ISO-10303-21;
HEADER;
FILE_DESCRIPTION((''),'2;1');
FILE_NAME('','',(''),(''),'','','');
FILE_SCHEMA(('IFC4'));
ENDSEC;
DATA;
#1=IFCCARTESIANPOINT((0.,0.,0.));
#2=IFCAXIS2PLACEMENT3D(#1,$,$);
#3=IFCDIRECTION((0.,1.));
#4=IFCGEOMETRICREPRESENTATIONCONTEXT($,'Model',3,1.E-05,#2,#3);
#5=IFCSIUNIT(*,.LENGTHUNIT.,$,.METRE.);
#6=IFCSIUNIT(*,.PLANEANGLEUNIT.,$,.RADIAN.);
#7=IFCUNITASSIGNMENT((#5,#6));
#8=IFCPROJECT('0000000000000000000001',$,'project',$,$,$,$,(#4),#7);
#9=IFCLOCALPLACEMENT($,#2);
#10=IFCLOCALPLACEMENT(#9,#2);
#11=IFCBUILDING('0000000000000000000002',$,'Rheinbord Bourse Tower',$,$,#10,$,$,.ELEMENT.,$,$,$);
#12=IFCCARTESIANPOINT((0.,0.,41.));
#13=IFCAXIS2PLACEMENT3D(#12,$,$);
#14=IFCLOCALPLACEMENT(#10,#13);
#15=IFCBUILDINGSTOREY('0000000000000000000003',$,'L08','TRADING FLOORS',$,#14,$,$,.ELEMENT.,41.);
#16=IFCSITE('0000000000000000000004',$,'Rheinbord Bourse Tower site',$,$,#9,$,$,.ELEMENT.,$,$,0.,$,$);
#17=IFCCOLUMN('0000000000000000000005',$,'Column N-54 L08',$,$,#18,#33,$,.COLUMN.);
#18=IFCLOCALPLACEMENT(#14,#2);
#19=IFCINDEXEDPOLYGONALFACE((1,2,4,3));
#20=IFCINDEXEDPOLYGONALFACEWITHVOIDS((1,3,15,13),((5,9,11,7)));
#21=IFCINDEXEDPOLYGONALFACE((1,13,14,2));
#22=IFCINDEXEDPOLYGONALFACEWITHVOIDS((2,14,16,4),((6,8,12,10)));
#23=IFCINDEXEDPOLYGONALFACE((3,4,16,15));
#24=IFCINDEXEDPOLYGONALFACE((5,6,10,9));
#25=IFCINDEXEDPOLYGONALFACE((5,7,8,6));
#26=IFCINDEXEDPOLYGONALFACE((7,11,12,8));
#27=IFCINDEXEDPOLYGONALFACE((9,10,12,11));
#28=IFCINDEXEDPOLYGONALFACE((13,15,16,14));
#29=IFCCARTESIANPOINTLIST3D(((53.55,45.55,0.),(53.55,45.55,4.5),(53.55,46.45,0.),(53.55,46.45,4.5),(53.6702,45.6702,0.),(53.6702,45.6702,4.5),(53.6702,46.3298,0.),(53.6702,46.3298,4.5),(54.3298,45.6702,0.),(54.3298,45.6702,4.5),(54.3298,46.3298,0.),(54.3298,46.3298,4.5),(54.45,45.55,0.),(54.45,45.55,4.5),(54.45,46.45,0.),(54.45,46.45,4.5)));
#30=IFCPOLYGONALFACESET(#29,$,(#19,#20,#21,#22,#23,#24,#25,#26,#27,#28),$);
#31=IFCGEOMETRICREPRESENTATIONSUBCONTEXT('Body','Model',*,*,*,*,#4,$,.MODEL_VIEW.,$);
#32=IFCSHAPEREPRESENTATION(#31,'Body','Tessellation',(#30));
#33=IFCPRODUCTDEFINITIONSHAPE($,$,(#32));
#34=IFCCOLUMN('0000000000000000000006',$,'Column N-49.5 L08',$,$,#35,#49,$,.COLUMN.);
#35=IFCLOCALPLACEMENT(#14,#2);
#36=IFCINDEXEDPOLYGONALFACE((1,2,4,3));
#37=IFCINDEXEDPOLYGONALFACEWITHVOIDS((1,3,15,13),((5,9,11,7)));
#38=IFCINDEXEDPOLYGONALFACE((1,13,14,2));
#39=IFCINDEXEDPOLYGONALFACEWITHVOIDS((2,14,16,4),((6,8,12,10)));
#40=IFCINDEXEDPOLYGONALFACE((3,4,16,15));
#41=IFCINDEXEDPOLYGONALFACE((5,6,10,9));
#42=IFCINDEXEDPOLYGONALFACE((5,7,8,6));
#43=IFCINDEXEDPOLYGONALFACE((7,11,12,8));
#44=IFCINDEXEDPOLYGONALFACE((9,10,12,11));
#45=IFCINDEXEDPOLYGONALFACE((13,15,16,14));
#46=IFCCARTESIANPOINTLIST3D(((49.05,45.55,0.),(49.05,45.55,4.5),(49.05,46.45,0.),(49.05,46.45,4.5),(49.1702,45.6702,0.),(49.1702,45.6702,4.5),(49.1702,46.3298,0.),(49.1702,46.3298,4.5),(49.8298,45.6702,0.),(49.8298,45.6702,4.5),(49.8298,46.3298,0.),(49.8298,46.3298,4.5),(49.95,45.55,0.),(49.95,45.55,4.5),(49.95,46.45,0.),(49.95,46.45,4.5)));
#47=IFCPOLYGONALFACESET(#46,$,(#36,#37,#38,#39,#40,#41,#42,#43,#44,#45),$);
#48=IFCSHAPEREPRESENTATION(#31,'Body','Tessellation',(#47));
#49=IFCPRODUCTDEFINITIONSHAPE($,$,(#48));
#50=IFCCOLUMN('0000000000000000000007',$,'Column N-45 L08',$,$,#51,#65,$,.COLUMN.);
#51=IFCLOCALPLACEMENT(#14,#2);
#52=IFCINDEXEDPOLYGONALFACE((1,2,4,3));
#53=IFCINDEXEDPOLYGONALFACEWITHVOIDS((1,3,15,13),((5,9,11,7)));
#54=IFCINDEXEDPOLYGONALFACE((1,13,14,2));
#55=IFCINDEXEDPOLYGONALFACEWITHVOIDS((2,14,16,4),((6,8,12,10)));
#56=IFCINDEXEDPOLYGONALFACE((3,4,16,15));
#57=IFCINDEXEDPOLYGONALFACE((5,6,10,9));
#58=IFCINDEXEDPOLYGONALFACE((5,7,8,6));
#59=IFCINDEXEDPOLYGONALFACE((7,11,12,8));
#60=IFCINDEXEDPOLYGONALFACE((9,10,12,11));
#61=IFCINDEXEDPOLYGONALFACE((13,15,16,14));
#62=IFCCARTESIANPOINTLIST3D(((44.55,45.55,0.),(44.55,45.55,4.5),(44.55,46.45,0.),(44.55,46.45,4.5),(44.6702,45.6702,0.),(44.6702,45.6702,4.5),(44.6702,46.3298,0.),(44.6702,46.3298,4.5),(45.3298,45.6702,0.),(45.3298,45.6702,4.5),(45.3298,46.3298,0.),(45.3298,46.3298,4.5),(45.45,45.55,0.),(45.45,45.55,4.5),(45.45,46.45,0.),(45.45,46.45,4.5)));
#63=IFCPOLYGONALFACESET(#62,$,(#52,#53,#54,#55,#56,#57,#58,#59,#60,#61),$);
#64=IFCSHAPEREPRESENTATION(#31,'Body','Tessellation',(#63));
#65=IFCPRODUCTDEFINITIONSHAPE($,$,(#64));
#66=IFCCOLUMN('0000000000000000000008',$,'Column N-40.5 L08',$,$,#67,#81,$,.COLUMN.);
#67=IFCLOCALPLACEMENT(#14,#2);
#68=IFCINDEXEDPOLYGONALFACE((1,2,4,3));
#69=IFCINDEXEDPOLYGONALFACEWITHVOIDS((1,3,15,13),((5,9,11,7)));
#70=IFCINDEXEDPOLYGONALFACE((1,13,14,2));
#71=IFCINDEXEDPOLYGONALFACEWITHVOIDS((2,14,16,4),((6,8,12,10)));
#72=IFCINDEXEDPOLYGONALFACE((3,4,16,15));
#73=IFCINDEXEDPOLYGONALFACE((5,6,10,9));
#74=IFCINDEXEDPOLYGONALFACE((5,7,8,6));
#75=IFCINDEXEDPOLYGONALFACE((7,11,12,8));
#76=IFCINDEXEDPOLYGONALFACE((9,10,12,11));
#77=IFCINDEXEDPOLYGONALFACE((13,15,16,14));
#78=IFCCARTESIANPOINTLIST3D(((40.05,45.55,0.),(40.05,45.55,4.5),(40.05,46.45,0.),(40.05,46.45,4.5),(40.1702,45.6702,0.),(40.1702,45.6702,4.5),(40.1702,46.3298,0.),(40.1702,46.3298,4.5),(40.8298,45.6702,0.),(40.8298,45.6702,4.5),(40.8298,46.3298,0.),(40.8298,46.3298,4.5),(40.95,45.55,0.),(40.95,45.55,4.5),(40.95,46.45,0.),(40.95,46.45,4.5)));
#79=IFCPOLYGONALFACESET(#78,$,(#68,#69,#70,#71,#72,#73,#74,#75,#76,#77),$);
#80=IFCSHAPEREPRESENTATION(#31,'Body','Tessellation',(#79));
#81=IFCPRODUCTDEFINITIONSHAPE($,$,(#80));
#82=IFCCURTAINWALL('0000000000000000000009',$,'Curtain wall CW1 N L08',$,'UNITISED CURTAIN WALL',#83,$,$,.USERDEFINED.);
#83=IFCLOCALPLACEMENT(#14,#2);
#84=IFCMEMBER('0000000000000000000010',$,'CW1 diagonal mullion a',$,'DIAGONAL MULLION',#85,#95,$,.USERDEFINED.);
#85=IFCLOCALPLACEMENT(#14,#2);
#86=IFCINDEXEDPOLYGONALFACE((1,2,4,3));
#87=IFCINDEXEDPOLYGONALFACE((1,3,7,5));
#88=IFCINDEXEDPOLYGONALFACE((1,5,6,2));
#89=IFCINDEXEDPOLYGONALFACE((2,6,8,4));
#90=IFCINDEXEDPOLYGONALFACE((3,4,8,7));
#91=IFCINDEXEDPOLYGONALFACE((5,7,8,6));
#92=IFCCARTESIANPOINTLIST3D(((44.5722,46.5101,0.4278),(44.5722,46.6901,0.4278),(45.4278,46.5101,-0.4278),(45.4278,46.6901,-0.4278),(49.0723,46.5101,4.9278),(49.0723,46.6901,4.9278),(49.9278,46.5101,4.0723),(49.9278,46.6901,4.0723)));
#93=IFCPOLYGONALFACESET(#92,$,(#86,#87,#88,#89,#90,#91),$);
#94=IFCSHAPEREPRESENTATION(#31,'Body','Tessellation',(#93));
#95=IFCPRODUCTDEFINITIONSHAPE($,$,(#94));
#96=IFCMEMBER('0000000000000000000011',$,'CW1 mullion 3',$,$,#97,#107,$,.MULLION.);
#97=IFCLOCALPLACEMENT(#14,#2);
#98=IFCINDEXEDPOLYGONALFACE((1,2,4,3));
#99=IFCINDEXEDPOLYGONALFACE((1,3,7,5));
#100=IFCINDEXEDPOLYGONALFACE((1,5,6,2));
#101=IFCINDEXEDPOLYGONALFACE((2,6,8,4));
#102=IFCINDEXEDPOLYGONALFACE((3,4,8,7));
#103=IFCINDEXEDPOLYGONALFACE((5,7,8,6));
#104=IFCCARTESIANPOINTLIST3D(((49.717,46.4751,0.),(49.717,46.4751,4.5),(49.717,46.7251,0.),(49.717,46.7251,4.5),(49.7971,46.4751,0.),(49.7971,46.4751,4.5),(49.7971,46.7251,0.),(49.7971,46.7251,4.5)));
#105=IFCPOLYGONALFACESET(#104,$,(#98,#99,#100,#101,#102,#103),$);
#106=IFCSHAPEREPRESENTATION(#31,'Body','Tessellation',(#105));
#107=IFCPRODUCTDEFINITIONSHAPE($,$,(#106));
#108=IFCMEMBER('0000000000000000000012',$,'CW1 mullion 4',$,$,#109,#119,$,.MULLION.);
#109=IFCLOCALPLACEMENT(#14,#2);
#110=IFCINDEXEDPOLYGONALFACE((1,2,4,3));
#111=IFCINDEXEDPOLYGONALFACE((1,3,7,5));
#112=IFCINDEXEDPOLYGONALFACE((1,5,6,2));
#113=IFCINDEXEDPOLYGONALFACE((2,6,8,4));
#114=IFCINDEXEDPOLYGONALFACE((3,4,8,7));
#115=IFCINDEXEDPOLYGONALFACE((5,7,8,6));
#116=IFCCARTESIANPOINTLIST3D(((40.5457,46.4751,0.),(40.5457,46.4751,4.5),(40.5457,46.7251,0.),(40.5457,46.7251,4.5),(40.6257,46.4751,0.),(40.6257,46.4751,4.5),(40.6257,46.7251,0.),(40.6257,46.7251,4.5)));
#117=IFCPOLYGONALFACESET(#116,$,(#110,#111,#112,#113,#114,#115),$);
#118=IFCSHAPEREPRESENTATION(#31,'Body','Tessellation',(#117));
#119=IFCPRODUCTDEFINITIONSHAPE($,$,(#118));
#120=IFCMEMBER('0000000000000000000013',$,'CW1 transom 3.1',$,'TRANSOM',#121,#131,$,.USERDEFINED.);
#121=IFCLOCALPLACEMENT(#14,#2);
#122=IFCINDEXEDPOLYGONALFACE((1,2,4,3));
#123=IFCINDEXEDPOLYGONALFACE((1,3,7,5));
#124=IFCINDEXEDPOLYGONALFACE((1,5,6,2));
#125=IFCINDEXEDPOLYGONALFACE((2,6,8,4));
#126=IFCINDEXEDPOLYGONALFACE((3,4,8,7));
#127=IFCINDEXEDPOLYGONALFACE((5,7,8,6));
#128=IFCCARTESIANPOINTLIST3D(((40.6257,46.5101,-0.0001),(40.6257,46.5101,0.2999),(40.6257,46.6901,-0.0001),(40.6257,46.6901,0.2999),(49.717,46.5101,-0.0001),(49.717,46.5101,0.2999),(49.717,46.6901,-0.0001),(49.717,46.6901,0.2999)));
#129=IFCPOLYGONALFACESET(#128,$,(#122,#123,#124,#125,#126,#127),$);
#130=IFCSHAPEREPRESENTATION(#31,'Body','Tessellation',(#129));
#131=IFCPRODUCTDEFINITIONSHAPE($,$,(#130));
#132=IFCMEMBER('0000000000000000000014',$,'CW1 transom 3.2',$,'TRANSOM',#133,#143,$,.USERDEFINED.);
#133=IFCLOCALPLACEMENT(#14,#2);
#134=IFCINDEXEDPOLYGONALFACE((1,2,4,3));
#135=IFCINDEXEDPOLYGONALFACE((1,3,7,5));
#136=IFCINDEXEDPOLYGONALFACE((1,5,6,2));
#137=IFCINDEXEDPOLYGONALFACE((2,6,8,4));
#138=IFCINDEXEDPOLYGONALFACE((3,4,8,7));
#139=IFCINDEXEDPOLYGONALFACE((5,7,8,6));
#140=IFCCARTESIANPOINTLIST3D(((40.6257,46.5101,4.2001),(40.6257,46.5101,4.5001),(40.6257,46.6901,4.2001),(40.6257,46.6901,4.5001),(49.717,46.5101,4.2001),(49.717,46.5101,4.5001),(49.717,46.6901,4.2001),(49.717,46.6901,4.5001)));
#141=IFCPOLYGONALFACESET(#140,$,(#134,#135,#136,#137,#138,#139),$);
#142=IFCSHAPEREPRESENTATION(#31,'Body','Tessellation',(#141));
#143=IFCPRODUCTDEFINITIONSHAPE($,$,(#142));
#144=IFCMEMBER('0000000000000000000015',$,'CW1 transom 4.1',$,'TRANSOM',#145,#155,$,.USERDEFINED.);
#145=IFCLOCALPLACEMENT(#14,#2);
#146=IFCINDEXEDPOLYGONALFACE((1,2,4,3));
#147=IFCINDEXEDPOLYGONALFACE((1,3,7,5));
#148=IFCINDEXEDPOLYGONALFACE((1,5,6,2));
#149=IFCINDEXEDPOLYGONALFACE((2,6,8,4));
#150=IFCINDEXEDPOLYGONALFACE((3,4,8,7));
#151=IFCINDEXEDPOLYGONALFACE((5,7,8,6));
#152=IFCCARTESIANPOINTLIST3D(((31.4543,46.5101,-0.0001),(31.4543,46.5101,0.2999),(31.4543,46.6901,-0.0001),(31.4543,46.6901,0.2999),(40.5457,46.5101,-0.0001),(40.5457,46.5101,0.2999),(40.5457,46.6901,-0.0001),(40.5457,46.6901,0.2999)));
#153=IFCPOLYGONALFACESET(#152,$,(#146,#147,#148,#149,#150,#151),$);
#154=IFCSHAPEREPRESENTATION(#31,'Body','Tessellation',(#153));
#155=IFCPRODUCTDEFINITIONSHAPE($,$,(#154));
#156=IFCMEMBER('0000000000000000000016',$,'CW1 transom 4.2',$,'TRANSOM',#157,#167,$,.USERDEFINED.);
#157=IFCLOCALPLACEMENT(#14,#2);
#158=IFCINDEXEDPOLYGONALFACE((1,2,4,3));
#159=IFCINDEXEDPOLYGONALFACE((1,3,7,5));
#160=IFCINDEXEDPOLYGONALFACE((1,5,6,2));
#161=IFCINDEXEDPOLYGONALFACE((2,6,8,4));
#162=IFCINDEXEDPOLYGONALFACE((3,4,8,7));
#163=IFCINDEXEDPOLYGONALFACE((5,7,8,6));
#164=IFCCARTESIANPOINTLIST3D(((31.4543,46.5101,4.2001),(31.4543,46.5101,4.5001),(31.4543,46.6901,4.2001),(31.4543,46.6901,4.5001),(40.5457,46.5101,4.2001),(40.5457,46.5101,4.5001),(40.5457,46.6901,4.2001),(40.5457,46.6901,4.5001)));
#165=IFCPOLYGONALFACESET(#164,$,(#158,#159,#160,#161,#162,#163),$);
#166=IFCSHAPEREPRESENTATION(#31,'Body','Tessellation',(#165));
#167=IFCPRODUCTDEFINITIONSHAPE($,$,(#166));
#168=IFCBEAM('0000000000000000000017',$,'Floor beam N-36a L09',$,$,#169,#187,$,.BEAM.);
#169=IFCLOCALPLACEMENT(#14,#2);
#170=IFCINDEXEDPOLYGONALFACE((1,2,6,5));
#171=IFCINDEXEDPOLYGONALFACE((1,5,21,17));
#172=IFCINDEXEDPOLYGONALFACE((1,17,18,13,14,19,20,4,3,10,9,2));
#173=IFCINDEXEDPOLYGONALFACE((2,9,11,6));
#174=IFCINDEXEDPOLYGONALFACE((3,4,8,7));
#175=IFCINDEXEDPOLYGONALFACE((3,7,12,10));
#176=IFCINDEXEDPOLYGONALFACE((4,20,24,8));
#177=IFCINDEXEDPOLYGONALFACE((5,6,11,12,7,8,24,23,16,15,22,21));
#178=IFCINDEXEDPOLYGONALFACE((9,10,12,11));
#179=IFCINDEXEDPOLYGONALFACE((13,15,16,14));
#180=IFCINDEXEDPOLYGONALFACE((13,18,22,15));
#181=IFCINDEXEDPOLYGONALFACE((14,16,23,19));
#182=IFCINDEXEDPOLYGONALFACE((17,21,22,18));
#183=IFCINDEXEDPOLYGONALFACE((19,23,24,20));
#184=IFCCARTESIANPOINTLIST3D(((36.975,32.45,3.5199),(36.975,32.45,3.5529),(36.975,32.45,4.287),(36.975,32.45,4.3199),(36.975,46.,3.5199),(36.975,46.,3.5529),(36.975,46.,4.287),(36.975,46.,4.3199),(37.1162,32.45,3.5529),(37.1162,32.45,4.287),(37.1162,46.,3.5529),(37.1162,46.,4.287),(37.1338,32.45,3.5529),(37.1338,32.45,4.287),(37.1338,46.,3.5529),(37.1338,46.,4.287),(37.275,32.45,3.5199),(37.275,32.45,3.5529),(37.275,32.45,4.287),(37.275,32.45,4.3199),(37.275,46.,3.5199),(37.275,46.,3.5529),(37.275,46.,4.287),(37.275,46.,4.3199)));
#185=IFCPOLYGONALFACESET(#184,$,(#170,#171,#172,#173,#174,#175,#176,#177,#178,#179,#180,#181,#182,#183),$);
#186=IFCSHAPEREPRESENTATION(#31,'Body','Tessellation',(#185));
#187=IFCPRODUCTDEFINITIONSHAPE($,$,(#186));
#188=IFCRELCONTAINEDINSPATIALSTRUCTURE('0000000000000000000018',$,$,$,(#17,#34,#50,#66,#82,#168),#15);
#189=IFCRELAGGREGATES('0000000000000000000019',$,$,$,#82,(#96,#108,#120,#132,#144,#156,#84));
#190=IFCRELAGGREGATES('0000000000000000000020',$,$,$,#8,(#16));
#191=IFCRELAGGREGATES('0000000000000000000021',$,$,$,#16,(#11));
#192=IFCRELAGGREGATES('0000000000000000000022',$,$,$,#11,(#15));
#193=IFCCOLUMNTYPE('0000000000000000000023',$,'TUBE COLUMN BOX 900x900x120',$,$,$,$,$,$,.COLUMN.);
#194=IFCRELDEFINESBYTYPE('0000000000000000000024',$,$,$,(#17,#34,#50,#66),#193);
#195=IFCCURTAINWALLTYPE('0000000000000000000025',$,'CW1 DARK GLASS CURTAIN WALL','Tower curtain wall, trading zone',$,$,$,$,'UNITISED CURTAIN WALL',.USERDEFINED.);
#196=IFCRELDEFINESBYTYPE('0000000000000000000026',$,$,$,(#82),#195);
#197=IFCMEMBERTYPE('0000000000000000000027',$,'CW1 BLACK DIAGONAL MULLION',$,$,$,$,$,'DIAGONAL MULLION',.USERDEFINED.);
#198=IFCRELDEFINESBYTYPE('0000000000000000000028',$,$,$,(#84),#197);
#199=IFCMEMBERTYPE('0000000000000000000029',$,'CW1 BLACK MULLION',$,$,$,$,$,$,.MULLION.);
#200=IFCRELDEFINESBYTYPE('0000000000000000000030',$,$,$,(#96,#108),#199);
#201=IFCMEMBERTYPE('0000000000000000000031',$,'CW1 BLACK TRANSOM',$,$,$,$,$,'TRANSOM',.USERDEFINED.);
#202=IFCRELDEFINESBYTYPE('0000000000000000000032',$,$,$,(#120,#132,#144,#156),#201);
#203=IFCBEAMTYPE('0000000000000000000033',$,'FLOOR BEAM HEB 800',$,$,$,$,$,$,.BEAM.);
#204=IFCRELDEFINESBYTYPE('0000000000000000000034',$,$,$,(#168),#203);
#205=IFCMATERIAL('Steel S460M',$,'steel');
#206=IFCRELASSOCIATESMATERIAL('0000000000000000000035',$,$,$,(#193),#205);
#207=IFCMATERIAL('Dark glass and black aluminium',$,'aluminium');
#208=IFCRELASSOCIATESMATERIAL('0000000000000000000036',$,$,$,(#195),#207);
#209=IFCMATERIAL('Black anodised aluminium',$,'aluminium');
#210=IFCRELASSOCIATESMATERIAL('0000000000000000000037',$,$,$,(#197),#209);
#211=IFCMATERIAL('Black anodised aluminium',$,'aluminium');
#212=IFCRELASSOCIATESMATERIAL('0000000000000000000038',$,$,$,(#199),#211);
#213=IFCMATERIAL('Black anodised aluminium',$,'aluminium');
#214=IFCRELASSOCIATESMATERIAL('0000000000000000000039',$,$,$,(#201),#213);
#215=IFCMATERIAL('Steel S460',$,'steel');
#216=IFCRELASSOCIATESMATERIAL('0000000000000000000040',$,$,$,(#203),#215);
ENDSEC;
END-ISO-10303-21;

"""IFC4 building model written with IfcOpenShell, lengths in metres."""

from ifc_helpers import new_model, si_unit, direction, frame, origin, origin_2d, place, context, subcontext, project, spatial, rectangle, hollow_rectangle, i_section, extrude, material, material_profile, profile_set, type_object, element, aggregate, save


model = new_model("IFC4")

# Units and contexts
model_context = context("Model", 3, precision=1e-05, world=origin(), true_north=direction((0.0, 1.0)))
body_context = subcontext(model_context, "Body", "Model", "MODEL_VIEW")
ifc_project = project(units=[si_unit("LENGTHUNIT", "METRE"), si_unit("PLANEANGLEUNIT", "RADIAN")], contexts=[model_context])

# Site, building, storey
site_placement = place(None, origin())
site = spatial("IfcSite", under=ifc_project, at=site_placement, Name="Rheinbord Bourse Tower site", CompositionType="ELEMENT", RefElevation=0.0)
building_placement = place(site_placement, origin())
building = spatial("IfcBuilding", under=site, at=building_placement, Name="Rheinbord Bourse Tower", CompositionType="ELEMENT")
storey_placement = place(building_placement, frame((0.0, 0.0, 41.0)))
storey = spatial("IfcBuildingStorey", under=building, at=storey_placement, Name="L08", Description="TRADING FLOORS", CompositionType="ELEMENT", Elevation=41.0)

# Columns
ifc_material_1 = material(Name="Steel S460M", Category="steel")
ifc_material_profile_1 = material_profile(ifc_material_1, hollow_rectangle(XDim=0.8999, YDim=0.8999, WallThickness=0.1201, at=origin_2d()), Name="BOX 900x900x120")
ifc_profile_set_1 = profile_set([ifc_material_profile_1], Name="Steel S460M")
column_type = type_object("IfcColumnType", Name="TUBE COLUMN BOX 900x900x120", PredefinedType="COLUMN", material=ifc_profile_set_1)
for number, where, z_axis, x_axis, name in (
    (1, (54.0, 46.0, 0.0), (0.0, 0.0, 1.0), (0.0, 1.0, 0.0), "Column N-54 L08"),
    (2, (49.5, 46.0, 0.0), (0.0, 0.0, 1.0), (0.0, 1.0, 0.0), "Column N-49.5 L08"),
    (3, (45.0, 46.0, 0.0), (0.0, 0.0, 1.0), (0.0, 1.0, 0.0), "Column N-45 L08"),
    (4, (40.5, 46.0, 0.0), (0.0, 0.0, 1.0), (0.0, 1.0, 0.0), "Column N-40.5 L08"),
):
    element("IfcColumn", number, at=place(storey_placement, frame(where, z_axis=z_axis, x_axis=x_axis)), inside=storey, type_object=column_type, Name=name, PredefinedType="COLUMN", context=body_context, shape_type="SweptSolid", body=[
        extrude(hollow_rectangle(XDim=0.8999, YDim=0.8999, WallThickness=0.1201, at=origin_2d()), origin(), (0.0, 0.0, 1.0), 4.5),
    ])

# Curtain wall, members
ifc_material_2 = material(Name="Dark glass and black aluminium", Category="aluminium")
curtain_wall_type = type_object("IfcCurtainWallType", Name="CW1 DARK GLASS CURTAIN WALL", Description="Tower curtain wall, trading zone", ElementType="UNITISED CURTAIN WALL", PredefinedType="USERDEFINED", material=ifc_material_2)
curtain_wall_placement = place(storey_placement, origin())
curtain_wall = element("IfcCurtainWall", 5, at=curtain_wall_placement, inside=storey, type_object=curtain_wall_type, Name="Curtain wall CW1 N L08", ObjectType="UNITISED CURTAIN WALL", PredefinedType="USERDEFINED")
ifc_material_3 = material(Name="Black anodised aluminium", Category="aluminium")
ifc_material_profile_2 = material_profile(ifc_material_3, rectangle(XDim=0.1799, YDim=1.21, at=origin_2d()), Name="CW1 DIAGONAL MULLION 1210x180")
ifc_profile_set_2 = profile_set([ifc_material_profile_2], Name="Black anodised aluminium")
member_type_1 = type_object("IfcMemberType", Name="CW1 BLACK DIAGONAL MULLION", ElementType="DIAGONAL MULLION", PredefinedType="USERDEFINED", material=ifc_profile_set_2)
member_1_placement = place(storey_placement, frame((45.0, 46.6001, 0.0), z_axis=(0.707107, 0.0, 0.707107), x_axis=(0.0, 1.0, 0.0)))
member_1 = element("IfcMember", 6, at=member_1_placement, type_object=member_type_1, Name="CW1 diagonal mullion a", ObjectType="DIAGONAL MULLION", PredefinedType="USERDEFINED", context=body_context, shape_type="SweptSolid", body=[
    extrude(rectangle(XDim=0.1799, YDim=1.21, at=origin_2d()), origin(), (0.0, 0.0, 1.0), 6.364),
])
ifc_material_4 = material(Name="Black anodised aluminium", Category="aluminium")
ifc_material_profile_3 = material_profile(ifc_material_4, rectangle(XDim=0.25, YDim=0.0801, at=origin_2d()), Name="CW1 MULLION 80x250")
ifc_profile_set_3 = profile_set([ifc_material_profile_3], Name="Black anodised aluminium")
member_type_2 = type_object("IfcMemberType", Name="CW1 BLACK MULLION", PredefinedType="MULLION", material=ifc_profile_set_3)
member_2_placement = place(storey_placement, frame((49.7571, 46.6001, 0.0), z_axis=(0.0, 0.0, 1.0), x_axis=(0.0, -1.0, 0.0)))
member_2 = element("IfcMember", 7, at=member_2_placement, type_object=member_type_2, Name="CW1 mullion 3", PredefinedType="MULLION", context=body_context, shape_type="SweptSolid", body=[
    extrude(rectangle(XDim=0.25, YDim=0.0801, at=origin_2d()), origin(), (0.0, 0.0, 1.0), 4.5),
])
member_3_placement = place(storey_placement, frame((40.5857, 46.6001, 0.0), z_axis=(0.0, 0.0, 1.0), x_axis=(0.0, -1.0, 0.0)))
member_3 = element("IfcMember", 8, at=member_3_placement, type_object=member_type_2, Name="CW1 mullion 4", PredefinedType="MULLION", context=body_context, shape_type="SweptSolid", body=[
    extrude(rectangle(XDim=0.25, YDim=0.0801, at=origin_2d()), origin(), (0.0, 0.0, 1.0), 4.5),
])
ifc_material_5 = material(Name="Black anodised aluminium", Category="aluminium")
ifc_material_profile_4 = material_profile(ifc_material_5, rectangle(XDim=0.1799, YDim=0.3, at=origin_2d()), Name="CW1 TRANSOM 300x180")
ifc_profile_set_4 = profile_set([ifc_material_profile_4], Name="Black anodised aluminium")
member_type_3 = type_object("IfcMemberType", Name="CW1 BLACK TRANSOM", ElementType="TRANSOM", PredefinedType="USERDEFINED", material=ifc_profile_set_4)
member_4_placement = place(storey_placement, frame((49.717, 46.6001, 0.1499), z_axis=(-1.0, 0.0, 0.0), x_axis=(0.0, -1.0, 0.0)))
member_4 = element("IfcMember", 9, at=member_4_placement, type_object=member_type_3, Name="CW1 transom 3.1", ObjectType="TRANSOM", PredefinedType="USERDEFINED", context=body_context, shape_type="SweptSolid", body=[
    extrude(rectangle(XDim=0.1799, YDim=0.3, at=origin_2d()), origin(), (0.0, 0.0, 1.0), 9.0913),
])
member_5_placement = place(storey_placement, frame((49.717, 46.6001, 4.3501), z_axis=(-1.0, 0.0, 0.0), x_axis=(0.0, -1.0, 0.0)))
member_5 = element("IfcMember", 10, at=member_5_placement, type_object=member_type_3, Name="CW1 transom 3.2", ObjectType="TRANSOM", PredefinedType="USERDEFINED", context=body_context, shape_type="SweptSolid", body=[
    extrude(rectangle(XDim=0.1799, YDim=0.3, at=origin_2d()), origin(), (0.0, 0.0, 1.0), 9.0913),
])
member_6_placement = place(storey_placement, frame((40.5457, 46.6001, 0.1499), z_axis=(-1.0, 0.0, 0.0), x_axis=(0.0, -1.0, 0.0)))
member_6 = element("IfcMember", 11, at=member_6_placement, type_object=member_type_3, Name="CW1 transom 4.1", ObjectType="TRANSOM", PredefinedType="USERDEFINED", context=body_context, shape_type="SweptSolid", body=[
    extrude(rectangle(XDim=0.1799, YDim=0.3, at=origin_2d()), origin(), (0.0, 0.0, 1.0), 9.0913),
])
member_7_placement = place(storey_placement, frame((40.5457, 46.6001, 4.3501), z_axis=(-1.0, 0.0, 0.0), x_axis=(0.0, -1.0, 0.0)))
member_7 = element("IfcMember", 12, at=member_7_placement, type_object=member_type_3, Name="CW1 transom 4.2", ObjectType="TRANSOM", PredefinedType="USERDEFINED", context=body_context, shape_type="SweptSolid", body=[
    extrude(rectangle(XDim=0.1799, YDim=0.3, at=origin_2d()), origin(), (0.0, 0.0, 1.0), 9.0913),
])

# Beam
ifc_material_6 = material(Name="Steel S460", Category="steel")
ifc_material_profile_5 = material_profile(ifc_material_6, i_section(OverallWidth=0.3, OverallDepth=0.8, WebThickness=0.0176, FlangeThickness=0.033, at=origin_2d()), Name="HEB 800")
ifc_profile_set_5 = profile_set([ifc_material_profile_5], Name="Steel S460")
beam_type_1 = type_object("IfcBeamType", Name="FLOOR BEAM HEB 800", PredefinedType="BEAM", material=ifc_profile_set_5)
for number, where, z_axis, x_axis, name in (
    (13, (37.125, 46.0, 3.9199), (0.0, -1.0, 0.0), (1.0, 0.0, 0.0), "Floor beam N-36a L09"),
):
    element("IfcBeam", number, at=place(storey_placement, frame(where, z_axis=z_axis, x_axis=x_axis)), inside=storey, type_object=beam_type_1, Name=name, PredefinedType="BEAM", context=body_context, shape_type="SweptSolid", body=[
        extrude(i_section(OverallWidth=0.3, OverallDepth=0.8, WebThickness=0.0176, FlangeThickness=0.033, at=origin_2d()), origin(), (0.0, 0.0, 1.0), 13.55),
    ])

aggregate(curtain_wall, [member_2, member_3, member_4, member_5, member_6, member_7, member_1])

save(model, "model.ifc")
